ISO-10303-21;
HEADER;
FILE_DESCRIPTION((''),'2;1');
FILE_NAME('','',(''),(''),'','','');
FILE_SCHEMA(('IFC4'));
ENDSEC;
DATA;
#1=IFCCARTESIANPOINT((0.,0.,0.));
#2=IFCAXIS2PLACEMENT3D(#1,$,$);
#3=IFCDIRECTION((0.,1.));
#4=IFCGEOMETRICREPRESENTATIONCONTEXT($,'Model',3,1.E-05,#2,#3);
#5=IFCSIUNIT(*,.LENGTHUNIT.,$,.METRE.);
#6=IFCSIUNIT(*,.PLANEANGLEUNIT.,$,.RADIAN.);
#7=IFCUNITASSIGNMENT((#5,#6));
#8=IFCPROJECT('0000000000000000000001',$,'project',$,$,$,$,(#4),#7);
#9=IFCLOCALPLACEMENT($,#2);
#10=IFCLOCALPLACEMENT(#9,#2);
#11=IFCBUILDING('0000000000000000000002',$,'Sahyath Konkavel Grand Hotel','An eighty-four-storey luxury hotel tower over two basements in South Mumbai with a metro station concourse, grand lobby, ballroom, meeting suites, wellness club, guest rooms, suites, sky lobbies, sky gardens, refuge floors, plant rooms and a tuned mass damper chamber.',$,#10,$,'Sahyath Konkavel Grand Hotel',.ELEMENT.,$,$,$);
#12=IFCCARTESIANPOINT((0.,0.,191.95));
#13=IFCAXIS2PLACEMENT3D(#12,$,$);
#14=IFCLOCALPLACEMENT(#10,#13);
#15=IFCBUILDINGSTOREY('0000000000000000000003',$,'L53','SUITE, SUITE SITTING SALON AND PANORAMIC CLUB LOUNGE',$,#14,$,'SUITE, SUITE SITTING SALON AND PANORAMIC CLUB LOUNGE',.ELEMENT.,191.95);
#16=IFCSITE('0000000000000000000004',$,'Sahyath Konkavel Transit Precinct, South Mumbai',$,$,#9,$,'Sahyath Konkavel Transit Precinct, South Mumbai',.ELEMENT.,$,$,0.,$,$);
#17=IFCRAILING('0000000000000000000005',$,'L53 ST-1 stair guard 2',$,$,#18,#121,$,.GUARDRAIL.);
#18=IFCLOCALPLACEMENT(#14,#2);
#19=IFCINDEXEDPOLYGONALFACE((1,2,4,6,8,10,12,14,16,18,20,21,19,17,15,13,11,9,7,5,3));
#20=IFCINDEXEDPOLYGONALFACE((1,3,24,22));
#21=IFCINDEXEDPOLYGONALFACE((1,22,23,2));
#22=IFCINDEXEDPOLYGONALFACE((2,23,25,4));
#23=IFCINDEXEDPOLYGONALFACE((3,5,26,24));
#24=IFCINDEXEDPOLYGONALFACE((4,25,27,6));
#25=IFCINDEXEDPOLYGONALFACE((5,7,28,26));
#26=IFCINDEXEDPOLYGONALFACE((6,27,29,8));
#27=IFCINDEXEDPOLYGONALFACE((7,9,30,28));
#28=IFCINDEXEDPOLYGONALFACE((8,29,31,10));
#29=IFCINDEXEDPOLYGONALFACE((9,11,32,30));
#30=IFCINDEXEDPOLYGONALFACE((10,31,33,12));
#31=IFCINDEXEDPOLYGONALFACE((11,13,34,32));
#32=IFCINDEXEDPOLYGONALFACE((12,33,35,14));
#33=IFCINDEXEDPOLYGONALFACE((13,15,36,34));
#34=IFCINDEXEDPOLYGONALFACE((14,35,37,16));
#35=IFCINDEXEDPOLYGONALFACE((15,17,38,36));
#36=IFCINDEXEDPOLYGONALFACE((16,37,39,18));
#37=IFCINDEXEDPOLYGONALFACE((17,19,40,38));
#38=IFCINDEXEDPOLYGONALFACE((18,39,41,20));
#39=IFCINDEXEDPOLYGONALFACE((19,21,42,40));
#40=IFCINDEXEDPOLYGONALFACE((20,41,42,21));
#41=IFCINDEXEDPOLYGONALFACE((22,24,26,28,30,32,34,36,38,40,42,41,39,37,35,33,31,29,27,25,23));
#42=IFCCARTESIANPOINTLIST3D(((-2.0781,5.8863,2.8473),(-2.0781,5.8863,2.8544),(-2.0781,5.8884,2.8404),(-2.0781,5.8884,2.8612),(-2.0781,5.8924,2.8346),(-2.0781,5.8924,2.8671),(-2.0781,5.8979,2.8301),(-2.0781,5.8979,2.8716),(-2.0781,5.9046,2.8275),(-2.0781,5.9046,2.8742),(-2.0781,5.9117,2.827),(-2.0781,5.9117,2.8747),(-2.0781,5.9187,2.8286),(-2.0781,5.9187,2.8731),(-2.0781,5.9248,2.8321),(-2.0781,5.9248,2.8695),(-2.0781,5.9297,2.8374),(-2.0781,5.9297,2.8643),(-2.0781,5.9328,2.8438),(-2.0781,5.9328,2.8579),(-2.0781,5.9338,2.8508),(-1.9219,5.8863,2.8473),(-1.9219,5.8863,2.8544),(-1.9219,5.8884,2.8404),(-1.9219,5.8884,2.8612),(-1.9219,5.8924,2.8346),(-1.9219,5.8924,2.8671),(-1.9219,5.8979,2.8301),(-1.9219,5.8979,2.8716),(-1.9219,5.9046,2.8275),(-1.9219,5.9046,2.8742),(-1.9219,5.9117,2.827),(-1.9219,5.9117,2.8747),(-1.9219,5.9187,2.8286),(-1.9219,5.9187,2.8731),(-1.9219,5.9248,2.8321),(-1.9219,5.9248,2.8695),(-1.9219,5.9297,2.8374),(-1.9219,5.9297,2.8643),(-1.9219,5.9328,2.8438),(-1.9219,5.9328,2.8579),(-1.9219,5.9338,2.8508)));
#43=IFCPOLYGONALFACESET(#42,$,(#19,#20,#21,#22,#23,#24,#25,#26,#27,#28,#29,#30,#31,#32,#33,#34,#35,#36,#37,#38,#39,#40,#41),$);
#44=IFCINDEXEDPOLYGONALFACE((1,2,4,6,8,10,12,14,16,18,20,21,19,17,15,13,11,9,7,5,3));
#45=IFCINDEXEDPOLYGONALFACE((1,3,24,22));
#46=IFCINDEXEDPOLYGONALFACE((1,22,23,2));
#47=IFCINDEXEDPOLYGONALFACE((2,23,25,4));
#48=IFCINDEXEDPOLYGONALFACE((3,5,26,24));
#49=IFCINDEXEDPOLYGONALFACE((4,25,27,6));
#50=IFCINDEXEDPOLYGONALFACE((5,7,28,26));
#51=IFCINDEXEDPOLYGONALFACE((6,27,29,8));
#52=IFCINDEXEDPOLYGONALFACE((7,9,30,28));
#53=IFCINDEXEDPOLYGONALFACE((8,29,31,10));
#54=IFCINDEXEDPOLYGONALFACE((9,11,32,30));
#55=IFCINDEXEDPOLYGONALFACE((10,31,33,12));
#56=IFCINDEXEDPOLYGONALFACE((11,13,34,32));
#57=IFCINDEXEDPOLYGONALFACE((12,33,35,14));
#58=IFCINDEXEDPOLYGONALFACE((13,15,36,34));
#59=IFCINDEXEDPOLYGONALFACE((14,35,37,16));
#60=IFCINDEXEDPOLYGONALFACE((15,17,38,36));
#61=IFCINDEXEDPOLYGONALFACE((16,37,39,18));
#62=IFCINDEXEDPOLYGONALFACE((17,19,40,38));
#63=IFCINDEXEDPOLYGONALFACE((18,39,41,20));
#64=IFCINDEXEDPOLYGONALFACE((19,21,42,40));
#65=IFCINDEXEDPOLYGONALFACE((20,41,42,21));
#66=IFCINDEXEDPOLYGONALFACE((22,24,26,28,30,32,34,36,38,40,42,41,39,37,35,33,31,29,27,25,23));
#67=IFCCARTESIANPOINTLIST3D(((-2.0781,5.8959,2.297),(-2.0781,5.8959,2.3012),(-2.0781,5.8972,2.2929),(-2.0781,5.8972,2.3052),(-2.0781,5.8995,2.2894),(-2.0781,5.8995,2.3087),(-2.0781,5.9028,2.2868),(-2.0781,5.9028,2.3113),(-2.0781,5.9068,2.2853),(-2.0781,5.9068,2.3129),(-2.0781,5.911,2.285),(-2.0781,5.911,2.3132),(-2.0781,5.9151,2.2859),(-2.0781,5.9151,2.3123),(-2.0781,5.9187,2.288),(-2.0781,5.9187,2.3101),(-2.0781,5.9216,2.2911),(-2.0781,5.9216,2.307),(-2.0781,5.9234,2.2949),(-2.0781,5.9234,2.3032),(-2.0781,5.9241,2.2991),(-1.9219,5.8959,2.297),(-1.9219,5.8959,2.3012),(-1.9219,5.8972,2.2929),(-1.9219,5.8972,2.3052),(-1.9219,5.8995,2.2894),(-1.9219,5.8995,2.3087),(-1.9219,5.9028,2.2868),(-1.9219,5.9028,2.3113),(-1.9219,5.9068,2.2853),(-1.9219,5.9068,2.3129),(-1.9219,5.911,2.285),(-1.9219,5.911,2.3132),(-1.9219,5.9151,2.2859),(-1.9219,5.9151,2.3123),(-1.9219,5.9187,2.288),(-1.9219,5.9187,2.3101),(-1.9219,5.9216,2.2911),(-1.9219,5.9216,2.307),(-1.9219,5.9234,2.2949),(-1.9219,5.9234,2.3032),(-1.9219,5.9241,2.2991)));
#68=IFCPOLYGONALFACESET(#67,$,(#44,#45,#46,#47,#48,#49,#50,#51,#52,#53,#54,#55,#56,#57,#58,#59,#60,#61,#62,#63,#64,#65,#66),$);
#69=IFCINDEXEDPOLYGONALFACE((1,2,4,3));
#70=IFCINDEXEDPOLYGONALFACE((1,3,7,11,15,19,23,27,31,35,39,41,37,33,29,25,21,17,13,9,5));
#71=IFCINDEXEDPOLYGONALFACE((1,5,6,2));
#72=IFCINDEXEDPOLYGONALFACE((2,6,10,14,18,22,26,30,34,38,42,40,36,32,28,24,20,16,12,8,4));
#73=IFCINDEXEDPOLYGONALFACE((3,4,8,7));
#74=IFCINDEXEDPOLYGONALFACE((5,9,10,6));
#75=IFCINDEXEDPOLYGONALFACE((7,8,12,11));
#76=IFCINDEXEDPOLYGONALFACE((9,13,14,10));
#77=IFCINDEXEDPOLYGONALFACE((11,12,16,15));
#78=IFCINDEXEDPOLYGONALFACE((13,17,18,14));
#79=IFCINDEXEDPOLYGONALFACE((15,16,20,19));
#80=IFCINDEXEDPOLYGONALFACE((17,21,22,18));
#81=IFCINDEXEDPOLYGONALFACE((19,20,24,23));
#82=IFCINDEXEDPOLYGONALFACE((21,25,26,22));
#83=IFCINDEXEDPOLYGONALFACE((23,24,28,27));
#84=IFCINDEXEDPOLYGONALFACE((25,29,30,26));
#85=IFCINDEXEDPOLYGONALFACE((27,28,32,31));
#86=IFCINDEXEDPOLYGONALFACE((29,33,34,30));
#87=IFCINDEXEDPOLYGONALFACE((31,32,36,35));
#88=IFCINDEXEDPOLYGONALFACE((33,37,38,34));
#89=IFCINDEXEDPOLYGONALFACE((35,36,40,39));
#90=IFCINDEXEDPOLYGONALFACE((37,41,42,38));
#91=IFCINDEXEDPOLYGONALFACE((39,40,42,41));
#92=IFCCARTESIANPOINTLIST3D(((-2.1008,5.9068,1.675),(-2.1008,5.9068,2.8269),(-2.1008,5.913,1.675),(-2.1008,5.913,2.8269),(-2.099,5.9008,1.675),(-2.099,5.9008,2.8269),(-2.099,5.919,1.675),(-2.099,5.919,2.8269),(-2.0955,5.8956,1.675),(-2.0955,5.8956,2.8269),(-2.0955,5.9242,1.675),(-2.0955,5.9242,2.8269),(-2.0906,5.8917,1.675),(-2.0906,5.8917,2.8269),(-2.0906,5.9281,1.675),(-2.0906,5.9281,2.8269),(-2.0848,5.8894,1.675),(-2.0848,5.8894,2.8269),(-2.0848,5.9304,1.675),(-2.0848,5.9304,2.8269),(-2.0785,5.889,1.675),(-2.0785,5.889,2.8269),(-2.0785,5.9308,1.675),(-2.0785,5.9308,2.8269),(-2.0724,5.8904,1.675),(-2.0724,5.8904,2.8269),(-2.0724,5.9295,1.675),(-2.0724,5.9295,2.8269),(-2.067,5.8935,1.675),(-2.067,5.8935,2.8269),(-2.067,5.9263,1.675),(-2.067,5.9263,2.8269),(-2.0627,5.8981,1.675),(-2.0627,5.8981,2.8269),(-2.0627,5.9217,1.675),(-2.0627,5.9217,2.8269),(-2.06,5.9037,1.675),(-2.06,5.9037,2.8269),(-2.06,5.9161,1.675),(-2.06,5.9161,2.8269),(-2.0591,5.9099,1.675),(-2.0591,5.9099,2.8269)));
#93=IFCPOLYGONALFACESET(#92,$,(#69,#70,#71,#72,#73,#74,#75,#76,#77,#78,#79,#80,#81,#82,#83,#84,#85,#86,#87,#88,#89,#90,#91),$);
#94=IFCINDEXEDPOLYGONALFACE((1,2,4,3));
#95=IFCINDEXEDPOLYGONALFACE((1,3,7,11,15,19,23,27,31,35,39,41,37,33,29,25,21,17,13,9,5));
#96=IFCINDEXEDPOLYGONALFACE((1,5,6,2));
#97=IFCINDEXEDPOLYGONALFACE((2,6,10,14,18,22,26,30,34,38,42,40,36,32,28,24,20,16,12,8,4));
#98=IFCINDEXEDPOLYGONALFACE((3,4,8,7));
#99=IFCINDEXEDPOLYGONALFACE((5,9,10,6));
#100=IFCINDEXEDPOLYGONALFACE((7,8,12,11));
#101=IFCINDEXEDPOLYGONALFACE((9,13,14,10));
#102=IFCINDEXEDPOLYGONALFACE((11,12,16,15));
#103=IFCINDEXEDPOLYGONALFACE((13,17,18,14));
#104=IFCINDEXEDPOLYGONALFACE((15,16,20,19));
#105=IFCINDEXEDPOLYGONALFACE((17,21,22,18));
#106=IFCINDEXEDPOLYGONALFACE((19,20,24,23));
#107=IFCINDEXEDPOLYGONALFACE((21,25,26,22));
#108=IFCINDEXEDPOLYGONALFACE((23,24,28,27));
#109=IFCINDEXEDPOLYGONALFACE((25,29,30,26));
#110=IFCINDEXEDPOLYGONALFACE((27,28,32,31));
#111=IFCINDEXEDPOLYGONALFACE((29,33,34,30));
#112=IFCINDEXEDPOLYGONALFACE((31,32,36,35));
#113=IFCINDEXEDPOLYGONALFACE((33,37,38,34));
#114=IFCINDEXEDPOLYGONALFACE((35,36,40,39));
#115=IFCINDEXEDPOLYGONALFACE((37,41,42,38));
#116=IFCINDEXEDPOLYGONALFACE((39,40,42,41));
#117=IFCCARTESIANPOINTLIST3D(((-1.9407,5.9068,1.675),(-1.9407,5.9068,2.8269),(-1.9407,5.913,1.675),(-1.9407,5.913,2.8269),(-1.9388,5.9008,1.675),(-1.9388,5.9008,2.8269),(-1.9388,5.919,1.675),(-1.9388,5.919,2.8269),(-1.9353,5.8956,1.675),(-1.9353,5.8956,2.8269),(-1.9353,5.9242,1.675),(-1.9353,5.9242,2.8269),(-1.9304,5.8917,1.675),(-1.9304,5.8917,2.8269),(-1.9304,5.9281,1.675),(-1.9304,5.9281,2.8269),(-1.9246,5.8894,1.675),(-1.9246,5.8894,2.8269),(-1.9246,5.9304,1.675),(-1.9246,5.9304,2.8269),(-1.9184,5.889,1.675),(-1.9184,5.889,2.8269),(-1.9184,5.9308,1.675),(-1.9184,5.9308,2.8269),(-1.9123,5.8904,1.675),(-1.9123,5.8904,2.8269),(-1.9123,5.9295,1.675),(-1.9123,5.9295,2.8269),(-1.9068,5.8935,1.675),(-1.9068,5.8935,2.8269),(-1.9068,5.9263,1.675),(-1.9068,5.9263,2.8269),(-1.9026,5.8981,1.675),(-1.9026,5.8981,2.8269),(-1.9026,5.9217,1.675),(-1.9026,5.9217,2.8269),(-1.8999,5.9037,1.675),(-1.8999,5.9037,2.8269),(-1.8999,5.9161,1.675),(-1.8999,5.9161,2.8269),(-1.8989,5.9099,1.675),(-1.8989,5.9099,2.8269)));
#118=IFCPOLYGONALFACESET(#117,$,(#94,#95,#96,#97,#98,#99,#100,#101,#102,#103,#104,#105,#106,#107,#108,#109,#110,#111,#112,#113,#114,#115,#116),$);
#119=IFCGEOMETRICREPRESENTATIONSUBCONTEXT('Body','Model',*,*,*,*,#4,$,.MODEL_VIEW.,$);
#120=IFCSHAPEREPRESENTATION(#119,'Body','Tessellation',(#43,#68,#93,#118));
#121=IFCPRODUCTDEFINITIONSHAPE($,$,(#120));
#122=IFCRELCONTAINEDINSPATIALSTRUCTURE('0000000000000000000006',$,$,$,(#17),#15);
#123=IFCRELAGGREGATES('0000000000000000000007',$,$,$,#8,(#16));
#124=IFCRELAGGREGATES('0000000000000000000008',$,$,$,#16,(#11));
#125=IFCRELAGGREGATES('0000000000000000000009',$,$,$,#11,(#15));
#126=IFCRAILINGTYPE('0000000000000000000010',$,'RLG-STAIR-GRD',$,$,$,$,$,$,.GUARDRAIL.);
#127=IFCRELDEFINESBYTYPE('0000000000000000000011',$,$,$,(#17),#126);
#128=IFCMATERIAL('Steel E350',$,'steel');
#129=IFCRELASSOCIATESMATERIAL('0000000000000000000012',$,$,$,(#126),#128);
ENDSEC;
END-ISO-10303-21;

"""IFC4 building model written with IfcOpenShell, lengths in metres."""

from ifc_helpers import new_model, si_unit, direction, frame, origin, origin_2d, place, context, subcontext, project, spatial, circle, extrude, material, type_object, element, save


model = new_model("IFC4")

# Units and contexts
model_context = context("Model", 3, precision=1e-05, world=origin(), true_north=direction((0.0, 1.0)))
body_context = subcontext(model_context, "Body", "Model", "MODEL_VIEW")
ifc_project = project(units=[si_unit("LENGTHUNIT", "METRE"), si_unit("PLANEANGLEUNIT", "RADIAN")], contexts=[model_context])

# Site, building, storey
site_placement = place(None, origin())
site = spatial("IfcSite", under=ifc_project, at=site_placement, Name="Sahyath Konkavel Transit Precinct, South Mumbai", LongName="Sahyath Konkavel Transit Precinct, South Mumbai", CompositionType="ELEMENT", RefElevation=0.0)
building_placement = place(site_placement, origin())
building = spatial("IfcBuilding", under=site, at=building_placement, Name="Sahyath Konkavel Grand Hotel", Description="An eighty-four-storey luxury hotel tower over two basements in South Mumbai with a metro station concourse, grand lobby, ballroom, meeting suites, wellness club, guest rooms, suites, sky lobbies, sky gardens, refuge floors, plant rooms and a tuned mass damper chamber.", LongName="Sahyath Konkavel Grand Hotel", CompositionType="ELEMENT")
storey_placement = place(building_placement, frame((0.0, 0.0, 191.95)))
storey = spatial("IfcBuildingStorey", under=building, at=storey_placement, Name="L53", Description="SUITE, SUITE SITTING SALON AND PANORAMIC CLUB LOUNGE", LongName="SUITE, SUITE SITTING SALON AND PANORAMIC CLUB LOUNGE", CompositionType="ELEMENT", Elevation=191.95)

# Shared definitions
ifc_material_1 = material(Name="Steel E350", Category="steel")

# Railing
railing_type_1 = type_object("IfcRailingType", Name="RLG-STAIR-GRD", PredefinedType="GUARDRAIL", material=ifc_material_1)
railing_1_placement = place(storey_placement, frame((-2.0801, 5.9099, 1.675)))
element("IfcRailing", 1, at=railing_1_placement, inside=storey, type_object=railing_type_1, Name="L53 ST-1 stair guard 2", PredefinedType="GUARDRAIL", context=body_context, shape_type="SweptSolid", body=[
    extrude(circle(Radius=0.0239, at=origin_2d()), frame((0.002, 0.0, 1.1758), z_axis=(1.0, 0.0, 0.0), x_axis=(0.0, 1.0, 0.0)), (0.0, 0.0, 1.0), 0.1562),
    extrude(circle(Radius=0.0142, at=origin_2d()), frame((0.002, 0.0, 0.624), z_axis=(1.0, 0.0, 0.0), x_axis=(0.0, 1.0, 0.0)), (0.0, 0.0, 1.0), 0.1562),
    extrude(circle(Radius=0.021, at=origin_2d()), origin(), (0.0, 0.0, 1.0), 1.1519),
    extrude(circle(Radius=0.021, at=origin_2d()), frame((0.1602, 0.0, 0.0)), (0.0, 0.0, 1.0), 1.1519),
])

save(model, "model.ifc")
